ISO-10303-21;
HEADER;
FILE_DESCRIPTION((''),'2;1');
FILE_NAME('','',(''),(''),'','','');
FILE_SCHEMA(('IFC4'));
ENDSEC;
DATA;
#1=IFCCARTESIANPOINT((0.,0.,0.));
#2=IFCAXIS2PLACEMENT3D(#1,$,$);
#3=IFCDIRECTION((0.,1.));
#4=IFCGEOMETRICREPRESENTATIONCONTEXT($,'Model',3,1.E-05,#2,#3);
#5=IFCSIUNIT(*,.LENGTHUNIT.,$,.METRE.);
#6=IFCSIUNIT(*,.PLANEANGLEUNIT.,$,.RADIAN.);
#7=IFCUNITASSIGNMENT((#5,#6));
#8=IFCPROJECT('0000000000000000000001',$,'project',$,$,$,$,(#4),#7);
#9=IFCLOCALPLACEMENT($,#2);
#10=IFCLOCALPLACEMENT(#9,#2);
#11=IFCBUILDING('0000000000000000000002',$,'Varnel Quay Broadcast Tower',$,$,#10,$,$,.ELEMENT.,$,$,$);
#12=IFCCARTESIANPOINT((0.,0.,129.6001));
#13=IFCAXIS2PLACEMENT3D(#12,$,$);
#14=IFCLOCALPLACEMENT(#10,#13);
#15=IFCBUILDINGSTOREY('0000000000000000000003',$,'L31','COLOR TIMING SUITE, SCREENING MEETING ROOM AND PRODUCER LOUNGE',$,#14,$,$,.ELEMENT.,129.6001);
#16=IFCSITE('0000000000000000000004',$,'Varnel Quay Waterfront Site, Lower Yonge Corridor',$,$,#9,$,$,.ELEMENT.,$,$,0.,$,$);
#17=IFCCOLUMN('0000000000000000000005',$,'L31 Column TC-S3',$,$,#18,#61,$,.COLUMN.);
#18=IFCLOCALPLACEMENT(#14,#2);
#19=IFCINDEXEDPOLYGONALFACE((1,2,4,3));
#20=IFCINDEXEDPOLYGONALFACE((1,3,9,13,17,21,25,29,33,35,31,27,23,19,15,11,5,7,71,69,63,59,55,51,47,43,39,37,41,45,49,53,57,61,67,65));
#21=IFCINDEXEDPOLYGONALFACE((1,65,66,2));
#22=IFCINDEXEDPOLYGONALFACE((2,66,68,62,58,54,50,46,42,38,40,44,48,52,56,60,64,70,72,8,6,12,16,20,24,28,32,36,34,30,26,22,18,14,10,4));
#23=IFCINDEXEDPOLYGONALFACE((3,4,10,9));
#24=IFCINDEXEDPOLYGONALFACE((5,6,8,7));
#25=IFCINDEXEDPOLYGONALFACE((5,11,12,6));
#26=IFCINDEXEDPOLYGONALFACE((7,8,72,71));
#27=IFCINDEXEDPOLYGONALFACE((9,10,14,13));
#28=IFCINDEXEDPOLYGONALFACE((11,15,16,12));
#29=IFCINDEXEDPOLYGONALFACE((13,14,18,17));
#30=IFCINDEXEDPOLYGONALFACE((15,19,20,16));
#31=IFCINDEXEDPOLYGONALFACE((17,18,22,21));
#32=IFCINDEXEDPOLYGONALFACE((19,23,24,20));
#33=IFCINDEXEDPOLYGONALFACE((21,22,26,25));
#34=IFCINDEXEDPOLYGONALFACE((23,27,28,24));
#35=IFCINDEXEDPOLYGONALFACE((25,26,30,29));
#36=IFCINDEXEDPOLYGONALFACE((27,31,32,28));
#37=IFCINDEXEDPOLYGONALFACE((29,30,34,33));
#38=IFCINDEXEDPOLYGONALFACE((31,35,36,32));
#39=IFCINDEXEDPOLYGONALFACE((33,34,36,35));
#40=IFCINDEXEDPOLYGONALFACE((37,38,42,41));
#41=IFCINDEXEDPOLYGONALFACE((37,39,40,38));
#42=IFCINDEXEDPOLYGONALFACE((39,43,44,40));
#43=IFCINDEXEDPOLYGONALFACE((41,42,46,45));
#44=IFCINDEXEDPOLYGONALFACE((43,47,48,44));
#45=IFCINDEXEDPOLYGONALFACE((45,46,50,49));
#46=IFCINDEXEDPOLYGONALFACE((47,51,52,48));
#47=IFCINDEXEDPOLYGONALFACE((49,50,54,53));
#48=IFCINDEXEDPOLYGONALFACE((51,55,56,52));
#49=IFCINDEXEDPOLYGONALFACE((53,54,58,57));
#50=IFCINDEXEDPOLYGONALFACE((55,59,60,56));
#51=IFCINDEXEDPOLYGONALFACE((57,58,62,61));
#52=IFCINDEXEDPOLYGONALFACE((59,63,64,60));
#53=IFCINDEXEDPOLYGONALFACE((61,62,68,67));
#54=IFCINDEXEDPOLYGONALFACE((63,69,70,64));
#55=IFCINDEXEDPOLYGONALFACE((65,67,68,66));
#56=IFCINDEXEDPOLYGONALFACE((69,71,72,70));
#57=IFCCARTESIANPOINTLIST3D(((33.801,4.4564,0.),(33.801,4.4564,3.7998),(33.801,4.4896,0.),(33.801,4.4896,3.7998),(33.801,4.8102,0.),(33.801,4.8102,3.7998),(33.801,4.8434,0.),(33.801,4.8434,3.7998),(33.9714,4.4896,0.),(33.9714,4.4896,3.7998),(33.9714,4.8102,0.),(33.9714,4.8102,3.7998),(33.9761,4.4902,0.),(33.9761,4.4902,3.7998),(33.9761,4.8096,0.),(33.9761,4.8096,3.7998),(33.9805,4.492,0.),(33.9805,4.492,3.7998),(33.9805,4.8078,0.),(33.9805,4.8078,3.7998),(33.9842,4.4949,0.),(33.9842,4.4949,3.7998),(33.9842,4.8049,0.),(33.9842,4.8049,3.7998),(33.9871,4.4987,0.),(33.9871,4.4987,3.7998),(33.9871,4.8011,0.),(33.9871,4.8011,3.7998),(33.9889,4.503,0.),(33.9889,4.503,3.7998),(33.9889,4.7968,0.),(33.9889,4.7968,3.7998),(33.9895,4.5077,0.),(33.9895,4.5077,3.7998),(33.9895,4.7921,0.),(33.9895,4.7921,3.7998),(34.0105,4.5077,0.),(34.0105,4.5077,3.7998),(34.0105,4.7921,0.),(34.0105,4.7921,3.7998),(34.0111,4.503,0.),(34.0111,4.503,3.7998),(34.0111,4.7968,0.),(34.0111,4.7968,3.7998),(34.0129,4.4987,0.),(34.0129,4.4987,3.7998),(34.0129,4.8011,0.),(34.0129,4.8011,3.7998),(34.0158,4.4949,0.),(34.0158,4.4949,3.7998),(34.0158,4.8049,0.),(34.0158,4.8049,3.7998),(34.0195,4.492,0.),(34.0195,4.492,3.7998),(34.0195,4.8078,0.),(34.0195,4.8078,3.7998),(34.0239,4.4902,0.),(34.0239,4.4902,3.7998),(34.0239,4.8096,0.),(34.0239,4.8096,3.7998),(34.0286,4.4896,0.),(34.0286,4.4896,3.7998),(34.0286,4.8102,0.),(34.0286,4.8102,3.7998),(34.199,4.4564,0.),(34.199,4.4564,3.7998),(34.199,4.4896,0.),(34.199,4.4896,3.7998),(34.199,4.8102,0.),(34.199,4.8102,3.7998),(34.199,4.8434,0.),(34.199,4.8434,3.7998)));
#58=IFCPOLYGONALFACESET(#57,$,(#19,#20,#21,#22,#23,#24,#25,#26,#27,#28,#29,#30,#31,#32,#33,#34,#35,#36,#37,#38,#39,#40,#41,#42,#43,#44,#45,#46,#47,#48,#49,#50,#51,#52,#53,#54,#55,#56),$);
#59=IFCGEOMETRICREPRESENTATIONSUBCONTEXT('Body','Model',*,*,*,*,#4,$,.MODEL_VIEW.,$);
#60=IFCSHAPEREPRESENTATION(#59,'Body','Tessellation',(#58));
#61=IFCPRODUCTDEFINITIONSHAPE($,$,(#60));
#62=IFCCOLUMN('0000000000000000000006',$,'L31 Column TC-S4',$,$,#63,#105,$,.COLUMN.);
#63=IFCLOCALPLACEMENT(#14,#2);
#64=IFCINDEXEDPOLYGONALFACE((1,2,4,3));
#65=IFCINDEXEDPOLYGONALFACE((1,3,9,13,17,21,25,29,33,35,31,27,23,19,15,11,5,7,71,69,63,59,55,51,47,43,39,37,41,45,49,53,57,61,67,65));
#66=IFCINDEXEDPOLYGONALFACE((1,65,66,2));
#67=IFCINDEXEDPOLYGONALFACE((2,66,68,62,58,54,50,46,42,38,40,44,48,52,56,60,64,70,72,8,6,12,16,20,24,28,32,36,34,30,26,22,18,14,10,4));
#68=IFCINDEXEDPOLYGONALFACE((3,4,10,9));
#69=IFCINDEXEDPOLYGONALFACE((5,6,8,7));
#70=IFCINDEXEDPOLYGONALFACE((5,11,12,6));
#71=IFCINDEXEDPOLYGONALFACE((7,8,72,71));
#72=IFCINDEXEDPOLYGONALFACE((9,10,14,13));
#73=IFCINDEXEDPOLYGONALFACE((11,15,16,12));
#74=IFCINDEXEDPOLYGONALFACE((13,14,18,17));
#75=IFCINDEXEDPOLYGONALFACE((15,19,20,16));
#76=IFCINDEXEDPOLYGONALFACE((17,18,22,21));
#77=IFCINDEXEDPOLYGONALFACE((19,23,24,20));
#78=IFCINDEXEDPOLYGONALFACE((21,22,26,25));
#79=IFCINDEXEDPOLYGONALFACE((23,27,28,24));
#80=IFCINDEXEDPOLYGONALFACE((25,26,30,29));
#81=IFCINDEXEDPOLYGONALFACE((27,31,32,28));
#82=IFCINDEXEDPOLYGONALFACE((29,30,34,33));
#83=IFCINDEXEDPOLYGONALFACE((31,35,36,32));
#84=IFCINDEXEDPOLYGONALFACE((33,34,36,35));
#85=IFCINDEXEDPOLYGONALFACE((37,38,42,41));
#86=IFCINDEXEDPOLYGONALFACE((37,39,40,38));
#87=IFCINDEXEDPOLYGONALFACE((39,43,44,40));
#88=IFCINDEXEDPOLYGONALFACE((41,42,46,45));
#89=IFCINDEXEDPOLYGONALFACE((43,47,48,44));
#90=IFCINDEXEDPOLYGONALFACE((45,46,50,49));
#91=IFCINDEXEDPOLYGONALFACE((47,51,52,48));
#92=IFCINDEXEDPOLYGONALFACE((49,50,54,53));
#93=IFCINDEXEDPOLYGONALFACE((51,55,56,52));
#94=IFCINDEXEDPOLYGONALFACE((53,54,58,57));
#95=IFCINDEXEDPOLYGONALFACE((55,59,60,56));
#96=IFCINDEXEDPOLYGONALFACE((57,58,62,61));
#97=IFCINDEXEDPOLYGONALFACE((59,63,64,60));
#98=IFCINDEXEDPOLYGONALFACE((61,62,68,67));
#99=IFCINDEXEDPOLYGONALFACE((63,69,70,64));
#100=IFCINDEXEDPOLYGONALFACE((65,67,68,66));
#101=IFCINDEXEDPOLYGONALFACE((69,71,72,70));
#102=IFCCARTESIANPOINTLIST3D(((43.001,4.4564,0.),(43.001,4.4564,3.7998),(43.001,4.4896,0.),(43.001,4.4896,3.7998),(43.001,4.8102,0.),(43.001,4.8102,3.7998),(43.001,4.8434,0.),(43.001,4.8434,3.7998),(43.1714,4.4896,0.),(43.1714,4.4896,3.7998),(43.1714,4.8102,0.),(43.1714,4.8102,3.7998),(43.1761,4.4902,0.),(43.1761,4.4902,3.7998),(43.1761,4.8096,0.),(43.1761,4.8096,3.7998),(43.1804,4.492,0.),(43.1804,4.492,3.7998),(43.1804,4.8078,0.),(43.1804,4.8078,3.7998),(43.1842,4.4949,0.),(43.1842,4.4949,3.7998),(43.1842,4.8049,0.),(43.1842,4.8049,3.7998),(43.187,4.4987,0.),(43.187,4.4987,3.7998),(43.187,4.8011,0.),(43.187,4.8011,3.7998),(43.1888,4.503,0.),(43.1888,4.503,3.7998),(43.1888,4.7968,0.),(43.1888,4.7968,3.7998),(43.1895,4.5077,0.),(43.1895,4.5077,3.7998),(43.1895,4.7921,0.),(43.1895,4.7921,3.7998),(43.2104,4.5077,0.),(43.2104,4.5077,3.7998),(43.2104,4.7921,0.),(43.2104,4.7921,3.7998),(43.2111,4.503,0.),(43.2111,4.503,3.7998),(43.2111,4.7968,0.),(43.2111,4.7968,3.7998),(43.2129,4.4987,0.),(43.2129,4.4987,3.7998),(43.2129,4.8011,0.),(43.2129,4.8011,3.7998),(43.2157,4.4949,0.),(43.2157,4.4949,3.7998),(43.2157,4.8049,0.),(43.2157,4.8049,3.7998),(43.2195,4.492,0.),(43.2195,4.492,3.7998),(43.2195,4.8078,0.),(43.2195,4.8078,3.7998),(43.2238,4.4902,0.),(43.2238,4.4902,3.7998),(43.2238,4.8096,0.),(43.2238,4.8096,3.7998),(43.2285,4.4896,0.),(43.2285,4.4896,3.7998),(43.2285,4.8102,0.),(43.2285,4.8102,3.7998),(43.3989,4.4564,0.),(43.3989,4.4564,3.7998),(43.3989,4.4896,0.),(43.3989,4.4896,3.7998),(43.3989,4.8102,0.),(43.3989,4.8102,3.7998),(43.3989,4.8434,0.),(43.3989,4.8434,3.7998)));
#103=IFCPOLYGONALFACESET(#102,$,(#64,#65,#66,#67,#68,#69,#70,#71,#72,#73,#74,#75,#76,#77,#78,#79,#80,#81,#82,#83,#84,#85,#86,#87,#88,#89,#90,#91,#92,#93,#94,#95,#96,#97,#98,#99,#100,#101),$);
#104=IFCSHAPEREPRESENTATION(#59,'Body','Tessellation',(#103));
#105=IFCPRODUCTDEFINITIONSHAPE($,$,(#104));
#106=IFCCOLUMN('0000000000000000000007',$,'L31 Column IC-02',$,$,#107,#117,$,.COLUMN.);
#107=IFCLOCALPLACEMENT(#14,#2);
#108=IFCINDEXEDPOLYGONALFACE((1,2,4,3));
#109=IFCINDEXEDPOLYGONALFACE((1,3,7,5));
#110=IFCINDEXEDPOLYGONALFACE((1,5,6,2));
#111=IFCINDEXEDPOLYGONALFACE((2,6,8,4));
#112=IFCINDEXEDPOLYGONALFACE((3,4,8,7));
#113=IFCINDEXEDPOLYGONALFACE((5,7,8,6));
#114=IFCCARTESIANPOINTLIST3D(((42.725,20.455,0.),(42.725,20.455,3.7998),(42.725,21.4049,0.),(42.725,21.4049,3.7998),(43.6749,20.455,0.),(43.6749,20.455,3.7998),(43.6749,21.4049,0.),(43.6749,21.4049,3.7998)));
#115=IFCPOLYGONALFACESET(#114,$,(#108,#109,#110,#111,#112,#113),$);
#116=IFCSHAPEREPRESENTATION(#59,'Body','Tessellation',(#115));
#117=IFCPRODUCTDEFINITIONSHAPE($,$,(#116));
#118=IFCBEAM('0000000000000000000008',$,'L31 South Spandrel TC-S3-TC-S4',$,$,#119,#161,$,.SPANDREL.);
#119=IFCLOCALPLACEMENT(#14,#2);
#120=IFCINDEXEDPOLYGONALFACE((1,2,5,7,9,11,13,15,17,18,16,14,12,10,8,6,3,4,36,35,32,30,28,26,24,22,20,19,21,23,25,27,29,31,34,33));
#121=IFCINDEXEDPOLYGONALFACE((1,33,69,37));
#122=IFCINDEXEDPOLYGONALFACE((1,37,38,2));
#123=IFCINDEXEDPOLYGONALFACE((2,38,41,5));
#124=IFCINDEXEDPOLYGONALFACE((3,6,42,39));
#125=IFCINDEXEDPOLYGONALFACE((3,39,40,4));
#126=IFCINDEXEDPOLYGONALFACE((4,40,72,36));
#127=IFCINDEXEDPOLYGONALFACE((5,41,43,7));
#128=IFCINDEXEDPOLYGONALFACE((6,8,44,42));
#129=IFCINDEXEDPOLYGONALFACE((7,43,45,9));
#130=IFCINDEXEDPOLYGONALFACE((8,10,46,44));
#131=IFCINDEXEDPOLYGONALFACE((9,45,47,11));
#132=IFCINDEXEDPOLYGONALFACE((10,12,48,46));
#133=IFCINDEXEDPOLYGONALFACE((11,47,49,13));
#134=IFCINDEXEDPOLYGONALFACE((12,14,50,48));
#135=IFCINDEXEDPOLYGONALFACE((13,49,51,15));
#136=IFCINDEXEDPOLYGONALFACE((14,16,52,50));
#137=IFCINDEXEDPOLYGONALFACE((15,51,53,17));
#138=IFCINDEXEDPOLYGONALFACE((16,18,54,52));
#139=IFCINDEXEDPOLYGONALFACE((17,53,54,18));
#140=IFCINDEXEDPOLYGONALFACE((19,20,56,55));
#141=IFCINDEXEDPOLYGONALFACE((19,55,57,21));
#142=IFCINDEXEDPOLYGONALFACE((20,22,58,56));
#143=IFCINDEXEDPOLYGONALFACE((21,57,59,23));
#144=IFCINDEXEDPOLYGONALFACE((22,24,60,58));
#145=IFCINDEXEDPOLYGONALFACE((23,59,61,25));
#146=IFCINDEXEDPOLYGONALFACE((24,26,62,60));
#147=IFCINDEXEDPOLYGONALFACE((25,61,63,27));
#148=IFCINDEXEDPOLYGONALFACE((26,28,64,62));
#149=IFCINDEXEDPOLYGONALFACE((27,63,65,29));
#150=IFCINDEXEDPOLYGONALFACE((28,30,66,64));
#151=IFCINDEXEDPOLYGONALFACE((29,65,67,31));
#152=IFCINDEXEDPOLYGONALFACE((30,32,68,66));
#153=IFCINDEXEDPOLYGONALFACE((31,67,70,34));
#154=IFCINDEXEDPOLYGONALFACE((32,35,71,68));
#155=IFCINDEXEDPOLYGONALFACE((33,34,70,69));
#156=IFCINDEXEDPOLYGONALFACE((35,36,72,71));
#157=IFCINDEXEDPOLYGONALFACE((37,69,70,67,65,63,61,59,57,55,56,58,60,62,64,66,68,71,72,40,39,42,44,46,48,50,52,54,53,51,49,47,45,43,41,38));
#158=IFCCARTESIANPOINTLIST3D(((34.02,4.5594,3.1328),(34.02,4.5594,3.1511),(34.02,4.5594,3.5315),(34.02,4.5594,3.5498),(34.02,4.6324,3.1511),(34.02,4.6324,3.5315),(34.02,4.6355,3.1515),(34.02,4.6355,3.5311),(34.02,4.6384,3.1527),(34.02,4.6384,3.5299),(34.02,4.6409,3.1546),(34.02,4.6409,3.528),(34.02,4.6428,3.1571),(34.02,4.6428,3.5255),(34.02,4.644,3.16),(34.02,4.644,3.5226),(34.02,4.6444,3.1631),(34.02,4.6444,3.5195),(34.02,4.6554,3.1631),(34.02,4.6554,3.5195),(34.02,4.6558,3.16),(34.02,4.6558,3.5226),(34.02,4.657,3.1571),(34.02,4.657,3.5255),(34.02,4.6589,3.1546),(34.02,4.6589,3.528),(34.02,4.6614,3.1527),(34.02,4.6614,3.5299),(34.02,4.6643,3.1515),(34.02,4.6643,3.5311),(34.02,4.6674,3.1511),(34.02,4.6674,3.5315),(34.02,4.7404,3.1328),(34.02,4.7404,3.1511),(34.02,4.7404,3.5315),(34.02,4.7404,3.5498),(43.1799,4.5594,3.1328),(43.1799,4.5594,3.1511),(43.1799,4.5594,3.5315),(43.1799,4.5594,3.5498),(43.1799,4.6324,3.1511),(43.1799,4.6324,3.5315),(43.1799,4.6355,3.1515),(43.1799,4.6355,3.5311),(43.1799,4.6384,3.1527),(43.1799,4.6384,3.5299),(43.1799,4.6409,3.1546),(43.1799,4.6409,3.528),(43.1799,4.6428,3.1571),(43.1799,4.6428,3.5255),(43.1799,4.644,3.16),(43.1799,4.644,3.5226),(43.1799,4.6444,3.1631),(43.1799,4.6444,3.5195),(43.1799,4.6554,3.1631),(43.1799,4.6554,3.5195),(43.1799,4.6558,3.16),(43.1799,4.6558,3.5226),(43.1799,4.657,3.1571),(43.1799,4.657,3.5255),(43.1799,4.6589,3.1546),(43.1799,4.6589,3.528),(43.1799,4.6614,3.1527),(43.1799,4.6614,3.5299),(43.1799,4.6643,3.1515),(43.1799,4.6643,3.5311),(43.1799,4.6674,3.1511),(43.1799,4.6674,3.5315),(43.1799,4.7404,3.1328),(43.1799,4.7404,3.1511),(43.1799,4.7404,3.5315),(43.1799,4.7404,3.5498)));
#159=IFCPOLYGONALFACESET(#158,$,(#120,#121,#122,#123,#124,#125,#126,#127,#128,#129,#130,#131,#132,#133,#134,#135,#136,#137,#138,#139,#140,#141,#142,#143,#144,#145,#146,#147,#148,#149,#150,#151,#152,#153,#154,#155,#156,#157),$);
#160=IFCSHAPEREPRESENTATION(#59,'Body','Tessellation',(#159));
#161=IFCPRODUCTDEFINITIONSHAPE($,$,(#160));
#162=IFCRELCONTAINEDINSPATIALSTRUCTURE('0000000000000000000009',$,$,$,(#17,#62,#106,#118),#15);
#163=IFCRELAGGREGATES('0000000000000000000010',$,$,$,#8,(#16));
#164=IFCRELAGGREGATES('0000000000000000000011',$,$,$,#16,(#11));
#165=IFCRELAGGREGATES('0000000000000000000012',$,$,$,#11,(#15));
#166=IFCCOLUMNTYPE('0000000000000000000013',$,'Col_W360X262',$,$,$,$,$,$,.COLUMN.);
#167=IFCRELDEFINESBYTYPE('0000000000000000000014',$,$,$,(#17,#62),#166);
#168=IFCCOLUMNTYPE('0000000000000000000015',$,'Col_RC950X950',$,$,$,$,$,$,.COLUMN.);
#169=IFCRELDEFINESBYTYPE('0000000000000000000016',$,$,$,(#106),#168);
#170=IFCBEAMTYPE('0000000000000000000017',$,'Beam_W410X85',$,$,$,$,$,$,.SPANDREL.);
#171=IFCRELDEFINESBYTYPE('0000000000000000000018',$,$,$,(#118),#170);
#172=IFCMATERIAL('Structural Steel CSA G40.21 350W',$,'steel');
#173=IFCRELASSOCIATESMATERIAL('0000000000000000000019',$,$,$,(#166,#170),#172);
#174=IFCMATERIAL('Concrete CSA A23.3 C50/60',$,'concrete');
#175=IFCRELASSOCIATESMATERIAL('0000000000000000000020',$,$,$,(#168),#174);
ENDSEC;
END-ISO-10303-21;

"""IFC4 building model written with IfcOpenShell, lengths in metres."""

from ifc_helpers import new_model, si_unit, direction, frame, origin, origin_2d, place, context, subcontext, project, spatial, rectangle, i_section, extrude, source, transform, mapped, material, material_profile, profile_set, type_object, type_shapes, element, save


model = new_model("IFC4")

# Units and contexts
model_context = context("Model", 3, precision=1e-05, world=origin(), true_north=direction((0.0, 1.0)))
body_context = subcontext(model_context, "Body", "Model", "MODEL_VIEW")
ifc_project = project(units=[si_unit("LENGTHUNIT", "METRE"), si_unit("PLANEANGLEUNIT", "RADIAN")], contexts=[model_context])

# Site, building, storey
site_placement = place(None, origin())
site = spatial("IfcSite", under=ifc_project, at=site_placement, Name="Varnel Quay Waterfront Site, Lower Yonge Corridor", CompositionType="ELEMENT", RefElevation=0.0)
building_placement = place(site_placement, origin())
building = spatial("IfcBuilding", under=site, at=building_placement, Name="Varnel Quay Broadcast Tower", CompositionType="ELEMENT")
storey_placement = place(building_placement, frame((0.0, 0.0, 129.6001)))
storey = spatial("IfcBuildingStorey", under=building, at=storey_placement, Name="L31", Description="COLOR TIMING SUITE, SCREENING MEETING ROOM AND PRODUCER LOUNGE", CompositionType="ELEMENT", Elevation=129.6001)

# Columns
ifc_material_1 = material(Name="Structural Steel CSA G40.21 350W", Category="steel")
ifc_material_profile_1 = material_profile(ifc_material_1, i_section(OverallWidth=0.3979, OverallDepth=0.387, WebThickness=0.021, FlangeThickness=0.0332, FilletRadius=0.0181, at=origin_2d()), Name="W360X262")
ifc_profile_set_1 = profile_set([ifc_material_profile_1], Name="Structural Steel CSA G40.21 350W")
column_type_1 = type_object("IfcColumnType", Name="Col_W360X262", PredefinedType="COLUMN", material=ifc_profile_set_1)
shared_shape_1 = source(origin(), body_context, "Body", "SweptSolid", [
    extrude(i_section(OverallWidth=0.3979, OverallDepth=0.387, WebThickness=0.021, FlangeThickness=0.0332, FilletRadius=0.0181, at=origin_2d()), origin(), (0.0, 0.0, 1.0), 3.7998),
])
type_shapes(column_type_1, [shared_shape_1])
for number, where, z_axis, x_axis, name in (
    (1, (34.0, 4.6499, 0.0), (0.0, 0.0, 1.0), (1.0, 0.0, 0.0), "L31 Column TC-S3"),
    (2, (43.2, 4.6499, 0.0), (0.0, 0.0, 1.0), (1.0, 0.0, 0.0), "L31 Column TC-S4"),
):
    element("IfcColumn", number, at=place(storey_placement, frame(where, z_axis=z_axis, x_axis=x_axis)), inside=storey, type_object=column_type_1, Name=name, PredefinedType="COLUMN", context=body_context, shape_type="MappedRepresentation", body=[
        mapped(shared_shape_1, transform((0.0, 0.0, 0.0), x_axis=(1.0, 0.0, 0.0), y_axis=(0.0, 1.0, 0.0), z_axis=(0.0, 0.0, 1.0), scale=1.0)),
    ])
ifc_material_2 = material(Name="Concrete CSA A23.3 C50/60", Category="concrete")
ifc_material_profile_2 = material_profile(ifc_material_2, rectangle(XDim=0.95, YDim=0.95, at=origin_2d()), Name="RC950X950")
ifc_profile_set_2 = profile_set([ifc_material_profile_2], Name="Concrete CSA A23.3 C50/60")
column_type_2 = type_object("IfcColumnType", Name="Col_RC950X950", PredefinedType="COLUMN", material=ifc_profile_set_2)
shared_shape_2 = source(origin(), body_context, "Body", "SweptSolid", [
    extrude(rectangle(XDim=0.95, YDim=0.95, at=origin_2d()), origin(), (0.0, 0.0, 1.0), 3.7998),
])
type_shapes(column_type_2, [shared_shape_2])
column_placement = place(storey_placement, frame((43.2, 20.9299, 0.0), z_axis=(0.0, 0.0, 1.0), x_axis=(1.0, 0.0, 0.0)))
element("IfcColumn", 3, at=column_placement, inside=storey, type_object=column_type_2, Name="L31 Column IC-02", PredefinedType="COLUMN", context=body_context, shape_type="MappedRepresentation", body=[
    mapped(shared_shape_2, transform((0.0, 0.0, 0.0), x_axis=(1.0, 0.0, 0.0), y_axis=(0.0, 1.0, 0.0), z_axis=(0.0, 0.0, 1.0), scale=1.0)),
])

# Beam
ifc_material_profile_3 = material_profile(ifc_material_1, i_section(OverallWidth=0.1809, OverallDepth=0.417, WebThickness=0.011, FlangeThickness=0.0183, FilletRadius=0.012, at=origin_2d()), Name="W410X85")
ifc_profile_set_3 = profile_set([ifc_material_profile_3], Name="Structural Steel CSA G40.21 350W")
beam_type_1 = type_object("IfcBeamType", Name="Beam_W410X85", PredefinedType="SPANDREL", material=ifc_profile_set_3)
shared_shape_3 = source(origin(), body_context, "Body", "SweptSolid", [
    extrude(i_section(OverallWidth=0.1809, OverallDepth=0.417, WebThickness=0.011, FlangeThickness=0.0183, FilletRadius=0.012, at=origin_2d()), origin(), (0.0, 0.0, 1.0), 9.1599),
])
type_shapes(beam_type_1, [shared_shape_3])
for number, where, z_axis, x_axis, name in (
    (4, (34.02, 4.6499, 3.3413), (1.0, 0.0, 0.0), (0.0, 1.0, 0.0), "L31 South Spandrel TC-S3-TC-S4"),
):
    element("IfcBeam", number, at=place(storey_placement, frame(where, z_axis=z_axis, x_axis=x_axis)), inside=storey, type_object=beam_type_1, Name=name, PredefinedType="SPANDREL", context=body_context, shape_type="MappedRepresentation", body=[
        mapped(shared_shape_3, transform((0.0, 0.0, 0.0), x_axis=(1.0, 0.0, 0.0), y_axis=(0.0, 1.0, 0.0), z_axis=(0.0, 0.0, 1.0), scale=1.0)),
    ])

save(model, "model.ifc")
